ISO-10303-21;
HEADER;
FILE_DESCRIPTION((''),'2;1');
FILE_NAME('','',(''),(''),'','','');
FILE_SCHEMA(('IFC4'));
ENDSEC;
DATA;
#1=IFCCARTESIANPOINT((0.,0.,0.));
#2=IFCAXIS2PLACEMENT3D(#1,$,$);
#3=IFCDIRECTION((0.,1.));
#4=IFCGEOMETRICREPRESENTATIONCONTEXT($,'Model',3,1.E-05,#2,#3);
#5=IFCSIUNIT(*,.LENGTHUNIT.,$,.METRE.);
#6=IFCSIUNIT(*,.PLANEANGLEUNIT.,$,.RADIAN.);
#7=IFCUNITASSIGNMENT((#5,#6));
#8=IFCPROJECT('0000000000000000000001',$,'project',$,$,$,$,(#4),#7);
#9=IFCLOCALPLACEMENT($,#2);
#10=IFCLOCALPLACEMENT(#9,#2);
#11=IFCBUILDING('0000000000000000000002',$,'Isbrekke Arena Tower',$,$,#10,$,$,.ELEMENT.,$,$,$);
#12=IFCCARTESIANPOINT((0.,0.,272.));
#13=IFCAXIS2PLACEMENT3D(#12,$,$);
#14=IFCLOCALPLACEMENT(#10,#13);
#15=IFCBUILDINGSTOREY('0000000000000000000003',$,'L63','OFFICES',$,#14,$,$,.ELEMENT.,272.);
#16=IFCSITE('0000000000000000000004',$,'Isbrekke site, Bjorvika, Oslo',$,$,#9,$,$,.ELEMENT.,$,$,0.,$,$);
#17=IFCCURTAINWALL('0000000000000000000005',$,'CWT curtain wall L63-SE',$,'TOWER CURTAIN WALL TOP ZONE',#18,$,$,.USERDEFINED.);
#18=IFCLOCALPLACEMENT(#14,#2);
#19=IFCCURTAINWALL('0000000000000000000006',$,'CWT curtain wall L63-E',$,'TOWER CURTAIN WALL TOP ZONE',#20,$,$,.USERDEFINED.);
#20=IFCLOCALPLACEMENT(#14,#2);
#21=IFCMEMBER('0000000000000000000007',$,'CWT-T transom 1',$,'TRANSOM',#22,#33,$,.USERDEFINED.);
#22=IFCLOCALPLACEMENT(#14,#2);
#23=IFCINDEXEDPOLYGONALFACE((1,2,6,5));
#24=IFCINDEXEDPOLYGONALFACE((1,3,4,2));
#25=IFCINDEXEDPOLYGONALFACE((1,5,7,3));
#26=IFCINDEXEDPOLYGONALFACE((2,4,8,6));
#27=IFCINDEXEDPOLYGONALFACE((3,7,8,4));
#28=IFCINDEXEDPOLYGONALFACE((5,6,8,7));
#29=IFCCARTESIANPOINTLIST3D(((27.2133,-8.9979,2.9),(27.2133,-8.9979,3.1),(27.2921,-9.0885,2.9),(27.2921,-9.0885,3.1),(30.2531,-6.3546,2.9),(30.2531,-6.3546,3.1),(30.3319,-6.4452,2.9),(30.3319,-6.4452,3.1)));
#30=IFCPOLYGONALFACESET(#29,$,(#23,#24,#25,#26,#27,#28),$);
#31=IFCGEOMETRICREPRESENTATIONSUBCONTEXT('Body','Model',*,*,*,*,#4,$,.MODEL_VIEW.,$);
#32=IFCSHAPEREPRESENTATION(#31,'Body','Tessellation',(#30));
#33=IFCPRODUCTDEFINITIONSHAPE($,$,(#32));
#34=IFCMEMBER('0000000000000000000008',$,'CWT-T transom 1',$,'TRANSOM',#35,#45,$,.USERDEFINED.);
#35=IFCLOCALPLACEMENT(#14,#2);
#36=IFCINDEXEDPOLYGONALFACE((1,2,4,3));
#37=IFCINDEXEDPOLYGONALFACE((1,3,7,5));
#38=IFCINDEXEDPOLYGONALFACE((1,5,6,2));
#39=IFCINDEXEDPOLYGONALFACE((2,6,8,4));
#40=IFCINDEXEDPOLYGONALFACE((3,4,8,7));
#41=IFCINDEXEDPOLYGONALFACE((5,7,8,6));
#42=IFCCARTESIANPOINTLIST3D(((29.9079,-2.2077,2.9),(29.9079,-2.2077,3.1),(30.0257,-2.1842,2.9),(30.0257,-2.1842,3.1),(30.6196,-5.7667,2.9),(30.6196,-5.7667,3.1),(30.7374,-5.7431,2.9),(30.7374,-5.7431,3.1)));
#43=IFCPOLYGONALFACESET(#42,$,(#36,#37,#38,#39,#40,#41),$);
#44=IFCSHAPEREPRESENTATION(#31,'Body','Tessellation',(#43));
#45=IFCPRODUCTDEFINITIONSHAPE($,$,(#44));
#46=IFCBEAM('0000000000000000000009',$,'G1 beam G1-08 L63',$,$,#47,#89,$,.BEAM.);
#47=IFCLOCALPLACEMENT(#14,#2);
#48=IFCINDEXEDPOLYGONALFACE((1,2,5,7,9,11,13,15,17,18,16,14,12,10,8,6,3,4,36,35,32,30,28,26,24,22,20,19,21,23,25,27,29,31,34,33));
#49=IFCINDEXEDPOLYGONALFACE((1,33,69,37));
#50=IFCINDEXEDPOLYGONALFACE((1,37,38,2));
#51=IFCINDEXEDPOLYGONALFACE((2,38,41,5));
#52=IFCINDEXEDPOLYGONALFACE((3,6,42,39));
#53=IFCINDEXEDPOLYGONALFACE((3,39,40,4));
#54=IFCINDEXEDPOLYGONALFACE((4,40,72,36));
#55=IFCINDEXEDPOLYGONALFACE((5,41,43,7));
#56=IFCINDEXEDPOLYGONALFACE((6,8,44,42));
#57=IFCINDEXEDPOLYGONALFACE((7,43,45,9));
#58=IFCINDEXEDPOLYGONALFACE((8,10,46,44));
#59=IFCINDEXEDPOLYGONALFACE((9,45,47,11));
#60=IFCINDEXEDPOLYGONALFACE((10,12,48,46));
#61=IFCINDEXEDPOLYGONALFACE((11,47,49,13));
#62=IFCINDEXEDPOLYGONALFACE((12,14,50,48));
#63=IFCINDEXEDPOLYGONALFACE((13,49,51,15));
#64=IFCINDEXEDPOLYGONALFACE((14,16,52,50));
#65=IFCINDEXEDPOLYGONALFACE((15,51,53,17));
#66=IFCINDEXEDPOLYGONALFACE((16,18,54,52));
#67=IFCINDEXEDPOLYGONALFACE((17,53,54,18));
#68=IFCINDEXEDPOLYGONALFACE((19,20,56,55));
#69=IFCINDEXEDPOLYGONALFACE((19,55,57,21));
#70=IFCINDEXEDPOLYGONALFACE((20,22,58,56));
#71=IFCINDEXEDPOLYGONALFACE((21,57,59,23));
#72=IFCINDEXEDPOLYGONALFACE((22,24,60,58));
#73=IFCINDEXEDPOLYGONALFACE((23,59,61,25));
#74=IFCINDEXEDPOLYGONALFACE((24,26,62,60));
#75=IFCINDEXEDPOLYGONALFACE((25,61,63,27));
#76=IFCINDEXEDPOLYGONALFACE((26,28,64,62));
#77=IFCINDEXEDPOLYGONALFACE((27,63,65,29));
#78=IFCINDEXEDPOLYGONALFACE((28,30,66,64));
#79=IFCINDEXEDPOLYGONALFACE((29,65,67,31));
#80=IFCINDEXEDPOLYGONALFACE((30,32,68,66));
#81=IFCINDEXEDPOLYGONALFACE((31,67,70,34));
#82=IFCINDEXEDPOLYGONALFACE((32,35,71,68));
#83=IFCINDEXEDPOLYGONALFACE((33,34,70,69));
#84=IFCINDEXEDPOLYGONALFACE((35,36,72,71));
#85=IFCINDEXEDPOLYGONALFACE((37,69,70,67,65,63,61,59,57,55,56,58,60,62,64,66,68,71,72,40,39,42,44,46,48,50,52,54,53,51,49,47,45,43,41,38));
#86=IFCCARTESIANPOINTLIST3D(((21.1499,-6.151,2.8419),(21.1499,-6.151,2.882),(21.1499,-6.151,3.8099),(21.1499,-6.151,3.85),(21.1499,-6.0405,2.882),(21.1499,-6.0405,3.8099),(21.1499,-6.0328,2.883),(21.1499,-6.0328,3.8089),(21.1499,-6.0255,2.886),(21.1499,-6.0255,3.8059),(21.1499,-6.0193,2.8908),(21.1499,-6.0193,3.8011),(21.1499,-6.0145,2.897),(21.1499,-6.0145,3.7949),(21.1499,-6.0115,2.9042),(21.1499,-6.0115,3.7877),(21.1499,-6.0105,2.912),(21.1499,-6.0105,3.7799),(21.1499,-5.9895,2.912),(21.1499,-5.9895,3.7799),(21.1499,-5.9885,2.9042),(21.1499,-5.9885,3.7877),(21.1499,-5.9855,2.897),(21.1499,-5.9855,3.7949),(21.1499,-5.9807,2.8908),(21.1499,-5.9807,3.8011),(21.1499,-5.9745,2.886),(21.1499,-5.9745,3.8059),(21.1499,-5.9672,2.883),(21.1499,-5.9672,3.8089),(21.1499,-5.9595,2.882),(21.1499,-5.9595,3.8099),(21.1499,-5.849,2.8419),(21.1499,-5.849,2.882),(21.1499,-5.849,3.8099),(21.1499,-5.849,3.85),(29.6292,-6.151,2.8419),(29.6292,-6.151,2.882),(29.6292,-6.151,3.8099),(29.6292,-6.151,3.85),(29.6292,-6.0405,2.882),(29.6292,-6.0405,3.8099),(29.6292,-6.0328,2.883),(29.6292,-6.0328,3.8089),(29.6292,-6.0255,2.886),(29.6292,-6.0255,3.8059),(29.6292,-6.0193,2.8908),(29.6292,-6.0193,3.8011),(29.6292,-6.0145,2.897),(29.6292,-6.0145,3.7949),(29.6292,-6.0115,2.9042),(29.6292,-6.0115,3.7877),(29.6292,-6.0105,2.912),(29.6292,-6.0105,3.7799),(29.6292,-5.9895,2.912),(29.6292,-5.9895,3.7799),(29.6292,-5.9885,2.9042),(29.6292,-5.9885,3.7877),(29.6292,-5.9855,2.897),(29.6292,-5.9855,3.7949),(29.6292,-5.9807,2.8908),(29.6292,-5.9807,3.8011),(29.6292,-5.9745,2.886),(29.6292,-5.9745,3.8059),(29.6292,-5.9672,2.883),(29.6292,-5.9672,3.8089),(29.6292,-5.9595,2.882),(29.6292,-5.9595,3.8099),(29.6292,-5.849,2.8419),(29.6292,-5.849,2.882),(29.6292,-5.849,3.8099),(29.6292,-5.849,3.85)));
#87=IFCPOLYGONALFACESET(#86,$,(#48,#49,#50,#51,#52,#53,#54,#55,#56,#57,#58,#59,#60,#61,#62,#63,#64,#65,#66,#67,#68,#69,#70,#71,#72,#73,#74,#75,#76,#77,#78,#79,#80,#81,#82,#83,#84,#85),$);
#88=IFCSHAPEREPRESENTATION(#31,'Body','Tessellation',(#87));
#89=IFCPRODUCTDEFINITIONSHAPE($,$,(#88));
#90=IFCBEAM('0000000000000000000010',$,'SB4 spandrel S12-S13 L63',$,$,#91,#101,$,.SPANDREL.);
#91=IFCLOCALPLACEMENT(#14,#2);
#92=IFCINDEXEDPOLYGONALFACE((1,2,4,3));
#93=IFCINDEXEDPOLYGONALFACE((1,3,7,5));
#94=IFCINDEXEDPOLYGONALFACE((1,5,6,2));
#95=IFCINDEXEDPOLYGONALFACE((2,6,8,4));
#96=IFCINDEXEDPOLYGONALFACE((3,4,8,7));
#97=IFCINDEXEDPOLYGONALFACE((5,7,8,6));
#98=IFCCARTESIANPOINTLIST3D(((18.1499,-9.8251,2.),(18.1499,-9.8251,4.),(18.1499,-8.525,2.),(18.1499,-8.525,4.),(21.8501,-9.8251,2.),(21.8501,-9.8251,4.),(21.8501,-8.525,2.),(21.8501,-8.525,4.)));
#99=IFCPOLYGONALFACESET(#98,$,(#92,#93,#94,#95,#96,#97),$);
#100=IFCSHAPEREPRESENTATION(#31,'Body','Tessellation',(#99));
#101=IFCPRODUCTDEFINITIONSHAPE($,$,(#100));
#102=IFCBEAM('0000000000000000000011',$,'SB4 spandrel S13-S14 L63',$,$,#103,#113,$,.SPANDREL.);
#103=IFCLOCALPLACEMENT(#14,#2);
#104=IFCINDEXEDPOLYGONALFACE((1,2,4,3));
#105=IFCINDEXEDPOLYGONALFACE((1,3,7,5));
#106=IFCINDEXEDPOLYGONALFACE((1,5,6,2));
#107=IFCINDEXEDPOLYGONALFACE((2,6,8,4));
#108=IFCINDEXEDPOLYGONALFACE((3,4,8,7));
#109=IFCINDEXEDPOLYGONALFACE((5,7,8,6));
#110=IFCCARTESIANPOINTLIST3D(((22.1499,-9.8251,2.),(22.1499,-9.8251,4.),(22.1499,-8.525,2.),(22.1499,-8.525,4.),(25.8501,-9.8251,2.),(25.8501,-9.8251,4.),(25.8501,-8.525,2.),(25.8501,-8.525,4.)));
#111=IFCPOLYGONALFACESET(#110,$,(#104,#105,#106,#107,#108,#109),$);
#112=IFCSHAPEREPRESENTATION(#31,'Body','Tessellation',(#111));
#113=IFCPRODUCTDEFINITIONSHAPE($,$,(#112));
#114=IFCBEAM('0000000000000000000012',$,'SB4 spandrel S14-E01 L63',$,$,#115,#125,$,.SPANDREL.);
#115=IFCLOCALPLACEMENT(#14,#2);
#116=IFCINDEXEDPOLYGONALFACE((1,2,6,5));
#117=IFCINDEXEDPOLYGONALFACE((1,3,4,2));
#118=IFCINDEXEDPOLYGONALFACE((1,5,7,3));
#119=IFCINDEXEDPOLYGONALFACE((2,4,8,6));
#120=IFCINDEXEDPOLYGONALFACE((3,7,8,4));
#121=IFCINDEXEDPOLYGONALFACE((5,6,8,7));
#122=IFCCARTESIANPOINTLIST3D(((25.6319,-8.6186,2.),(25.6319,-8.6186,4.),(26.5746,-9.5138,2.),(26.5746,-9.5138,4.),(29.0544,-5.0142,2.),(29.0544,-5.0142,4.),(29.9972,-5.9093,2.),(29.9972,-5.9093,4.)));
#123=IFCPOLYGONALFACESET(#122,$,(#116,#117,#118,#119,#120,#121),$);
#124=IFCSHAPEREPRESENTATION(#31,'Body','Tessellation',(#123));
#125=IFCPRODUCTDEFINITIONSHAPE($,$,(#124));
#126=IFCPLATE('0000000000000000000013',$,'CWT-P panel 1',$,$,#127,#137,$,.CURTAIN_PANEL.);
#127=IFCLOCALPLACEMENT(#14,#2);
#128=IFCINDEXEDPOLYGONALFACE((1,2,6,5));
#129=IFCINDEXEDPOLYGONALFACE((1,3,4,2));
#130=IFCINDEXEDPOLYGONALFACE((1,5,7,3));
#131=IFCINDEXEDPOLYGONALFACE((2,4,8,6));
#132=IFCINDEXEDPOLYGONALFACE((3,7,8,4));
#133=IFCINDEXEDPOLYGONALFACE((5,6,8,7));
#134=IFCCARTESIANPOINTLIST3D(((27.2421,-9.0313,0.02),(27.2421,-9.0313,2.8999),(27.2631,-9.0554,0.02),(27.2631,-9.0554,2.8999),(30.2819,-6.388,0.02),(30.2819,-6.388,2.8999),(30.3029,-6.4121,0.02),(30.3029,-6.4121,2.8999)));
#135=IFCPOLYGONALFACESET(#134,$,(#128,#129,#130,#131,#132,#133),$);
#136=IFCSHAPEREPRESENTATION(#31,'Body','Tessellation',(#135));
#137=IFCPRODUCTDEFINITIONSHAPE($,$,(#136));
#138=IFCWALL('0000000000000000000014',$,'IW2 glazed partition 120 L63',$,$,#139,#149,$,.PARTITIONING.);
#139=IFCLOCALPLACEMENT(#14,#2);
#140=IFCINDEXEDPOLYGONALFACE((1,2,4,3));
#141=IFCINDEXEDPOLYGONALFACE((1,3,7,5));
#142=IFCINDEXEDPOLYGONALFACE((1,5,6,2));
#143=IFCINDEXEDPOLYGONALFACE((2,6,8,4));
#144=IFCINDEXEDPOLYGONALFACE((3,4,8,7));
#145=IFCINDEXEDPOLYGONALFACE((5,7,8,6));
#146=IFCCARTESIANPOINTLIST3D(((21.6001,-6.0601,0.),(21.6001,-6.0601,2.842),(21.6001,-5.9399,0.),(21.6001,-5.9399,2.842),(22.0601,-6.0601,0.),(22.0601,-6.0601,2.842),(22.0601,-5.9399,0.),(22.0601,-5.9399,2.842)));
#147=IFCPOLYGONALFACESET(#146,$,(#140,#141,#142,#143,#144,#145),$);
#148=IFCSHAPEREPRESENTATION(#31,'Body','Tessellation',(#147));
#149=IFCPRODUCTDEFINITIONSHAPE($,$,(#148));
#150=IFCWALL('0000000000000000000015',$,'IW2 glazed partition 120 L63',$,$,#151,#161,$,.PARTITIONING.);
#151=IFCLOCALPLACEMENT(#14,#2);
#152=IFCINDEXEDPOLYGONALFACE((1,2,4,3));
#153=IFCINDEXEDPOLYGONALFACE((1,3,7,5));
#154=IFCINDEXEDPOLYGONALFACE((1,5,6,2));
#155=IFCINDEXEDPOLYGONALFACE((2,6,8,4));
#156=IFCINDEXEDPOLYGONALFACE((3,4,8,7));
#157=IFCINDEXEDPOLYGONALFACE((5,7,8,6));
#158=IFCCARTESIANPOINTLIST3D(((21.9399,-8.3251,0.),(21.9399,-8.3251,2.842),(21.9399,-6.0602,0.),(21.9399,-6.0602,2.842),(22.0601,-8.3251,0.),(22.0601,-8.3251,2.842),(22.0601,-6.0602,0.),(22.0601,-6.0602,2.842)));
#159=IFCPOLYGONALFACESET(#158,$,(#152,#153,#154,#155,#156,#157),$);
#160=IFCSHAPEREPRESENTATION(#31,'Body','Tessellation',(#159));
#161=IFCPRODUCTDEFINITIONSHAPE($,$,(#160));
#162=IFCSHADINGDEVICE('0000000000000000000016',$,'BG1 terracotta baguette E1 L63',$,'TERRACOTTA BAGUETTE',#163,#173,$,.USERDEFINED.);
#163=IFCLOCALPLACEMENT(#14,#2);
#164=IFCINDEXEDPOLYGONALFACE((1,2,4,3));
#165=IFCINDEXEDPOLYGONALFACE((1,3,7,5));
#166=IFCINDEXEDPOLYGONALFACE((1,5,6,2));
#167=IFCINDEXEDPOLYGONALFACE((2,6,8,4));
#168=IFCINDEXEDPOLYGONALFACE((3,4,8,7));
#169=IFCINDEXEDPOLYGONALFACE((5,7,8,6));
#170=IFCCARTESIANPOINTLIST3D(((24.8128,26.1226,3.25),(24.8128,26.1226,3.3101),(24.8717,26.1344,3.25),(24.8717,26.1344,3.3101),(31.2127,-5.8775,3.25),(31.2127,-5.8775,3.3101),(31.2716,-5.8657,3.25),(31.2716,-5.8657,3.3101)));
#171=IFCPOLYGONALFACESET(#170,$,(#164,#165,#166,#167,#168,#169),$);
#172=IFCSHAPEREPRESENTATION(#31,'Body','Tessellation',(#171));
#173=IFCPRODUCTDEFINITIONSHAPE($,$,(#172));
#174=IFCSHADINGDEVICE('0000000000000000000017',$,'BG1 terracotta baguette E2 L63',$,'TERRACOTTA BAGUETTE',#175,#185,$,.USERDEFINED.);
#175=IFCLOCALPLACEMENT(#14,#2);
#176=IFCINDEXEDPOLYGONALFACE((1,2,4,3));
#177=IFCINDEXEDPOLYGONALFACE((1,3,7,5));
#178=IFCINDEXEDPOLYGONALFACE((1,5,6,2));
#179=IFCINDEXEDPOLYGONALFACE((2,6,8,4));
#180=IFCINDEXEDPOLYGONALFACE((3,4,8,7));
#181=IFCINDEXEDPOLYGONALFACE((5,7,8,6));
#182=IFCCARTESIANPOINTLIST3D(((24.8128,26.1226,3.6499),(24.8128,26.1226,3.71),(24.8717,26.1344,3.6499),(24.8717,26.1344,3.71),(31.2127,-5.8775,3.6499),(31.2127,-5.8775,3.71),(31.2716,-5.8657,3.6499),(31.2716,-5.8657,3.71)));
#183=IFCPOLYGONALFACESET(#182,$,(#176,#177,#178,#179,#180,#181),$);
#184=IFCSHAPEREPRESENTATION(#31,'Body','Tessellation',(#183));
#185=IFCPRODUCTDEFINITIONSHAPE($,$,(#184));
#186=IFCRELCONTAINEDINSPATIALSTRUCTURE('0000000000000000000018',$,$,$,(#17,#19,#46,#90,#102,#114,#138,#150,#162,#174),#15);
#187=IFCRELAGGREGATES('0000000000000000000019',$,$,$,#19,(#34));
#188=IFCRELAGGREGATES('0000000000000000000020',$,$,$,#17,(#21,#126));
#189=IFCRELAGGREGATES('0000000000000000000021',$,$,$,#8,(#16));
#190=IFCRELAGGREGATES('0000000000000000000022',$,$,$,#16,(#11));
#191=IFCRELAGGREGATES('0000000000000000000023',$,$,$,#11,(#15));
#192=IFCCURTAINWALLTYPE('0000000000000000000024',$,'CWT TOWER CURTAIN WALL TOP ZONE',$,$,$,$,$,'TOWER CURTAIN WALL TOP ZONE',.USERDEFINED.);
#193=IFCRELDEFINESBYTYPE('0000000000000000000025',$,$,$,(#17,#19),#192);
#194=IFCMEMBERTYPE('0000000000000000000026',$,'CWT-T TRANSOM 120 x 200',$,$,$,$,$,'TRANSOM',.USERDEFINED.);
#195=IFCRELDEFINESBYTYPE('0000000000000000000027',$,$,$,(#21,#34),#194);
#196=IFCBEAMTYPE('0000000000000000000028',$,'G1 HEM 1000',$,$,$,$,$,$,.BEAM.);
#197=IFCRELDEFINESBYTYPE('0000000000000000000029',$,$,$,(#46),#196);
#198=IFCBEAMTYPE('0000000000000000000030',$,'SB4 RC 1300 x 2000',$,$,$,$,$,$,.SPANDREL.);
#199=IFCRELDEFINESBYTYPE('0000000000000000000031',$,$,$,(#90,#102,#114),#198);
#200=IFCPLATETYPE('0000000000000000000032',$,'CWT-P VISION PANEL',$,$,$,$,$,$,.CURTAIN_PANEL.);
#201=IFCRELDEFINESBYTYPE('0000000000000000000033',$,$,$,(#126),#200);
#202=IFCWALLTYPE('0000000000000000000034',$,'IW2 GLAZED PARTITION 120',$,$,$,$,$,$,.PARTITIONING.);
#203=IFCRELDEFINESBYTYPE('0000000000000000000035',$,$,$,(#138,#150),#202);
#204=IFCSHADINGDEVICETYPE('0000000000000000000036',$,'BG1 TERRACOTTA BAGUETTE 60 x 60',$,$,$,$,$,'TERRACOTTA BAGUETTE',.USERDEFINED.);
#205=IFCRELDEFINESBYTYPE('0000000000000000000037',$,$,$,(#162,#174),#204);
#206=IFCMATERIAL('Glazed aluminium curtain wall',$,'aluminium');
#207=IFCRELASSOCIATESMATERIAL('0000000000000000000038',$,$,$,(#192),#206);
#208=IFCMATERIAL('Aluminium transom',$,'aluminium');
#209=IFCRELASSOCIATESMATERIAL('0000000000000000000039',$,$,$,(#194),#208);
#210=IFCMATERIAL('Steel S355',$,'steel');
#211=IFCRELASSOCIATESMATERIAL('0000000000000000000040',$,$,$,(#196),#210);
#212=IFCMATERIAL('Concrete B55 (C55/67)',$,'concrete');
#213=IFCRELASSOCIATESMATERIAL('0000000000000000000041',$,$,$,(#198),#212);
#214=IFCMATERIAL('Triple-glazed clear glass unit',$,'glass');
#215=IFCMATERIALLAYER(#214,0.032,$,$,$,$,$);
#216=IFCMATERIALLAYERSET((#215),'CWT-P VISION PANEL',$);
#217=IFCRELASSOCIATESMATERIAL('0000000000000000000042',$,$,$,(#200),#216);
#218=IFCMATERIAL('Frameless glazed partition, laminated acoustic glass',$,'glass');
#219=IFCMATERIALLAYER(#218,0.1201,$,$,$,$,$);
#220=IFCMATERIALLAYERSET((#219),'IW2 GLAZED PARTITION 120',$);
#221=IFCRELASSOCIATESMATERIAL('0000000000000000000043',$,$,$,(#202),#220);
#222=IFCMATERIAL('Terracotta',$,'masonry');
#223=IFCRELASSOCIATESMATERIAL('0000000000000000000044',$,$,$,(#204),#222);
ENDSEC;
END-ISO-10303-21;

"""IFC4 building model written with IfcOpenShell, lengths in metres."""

from ifc_helpers import new_model, si_unit, direction, frame, frame_2d, origin, origin_2d, place, context, subcontext, project, spatial, rectangle, i_section, extrude, material, layer, layer_set, material_profile, profile_set, type_object, element, aggregate, save


model = new_model("IFC4")

# Units and contexts
model_context = context("Model", 3, precision=1e-05, world=origin(), true_north=direction((0.0, 1.0)))
body_context = subcontext(model_context, "Body", "Model", "MODEL_VIEW")
ifc_project = project(units=[si_unit("LENGTHUNIT", "METRE"), si_unit("PLANEANGLEUNIT", "RADIAN")], contexts=[model_context])

# Site, building, storey
site_placement = place(None, origin())
site = spatial("IfcSite", under=ifc_project, at=site_placement, Name="Isbrekke site, Bjorvika, Oslo", CompositionType="ELEMENT", RefElevation=0.0)
building_placement = place(site_placement, origin())
building = spatial("IfcBuilding", under=site, at=building_placement, Name="Isbrekke Arena Tower", CompositionType="ELEMENT")
storey_placement = place(building_placement, frame((0.0, 0.0, 272.0)))
storey = spatial("IfcBuildingStorey", under=building, at=storey_placement, Name="L63", Description="OFFICES", CompositionType="ELEMENT", Elevation=272.0)

# Curtain wall
ifc_material_1 = material(Name="Glazed aluminium curtain wall", Category="aluminium")
curtain_wall_type = type_object("IfcCurtainWallType", Name="CWT TOWER CURTAIN WALL TOP ZONE", ElementType="TOWER CURTAIN WALL TOP ZONE", PredefinedType="USERDEFINED", material=ifc_material_1)
curtain_wall_1_placement = place(storey_placement, origin())
curtain_wall_1 = element("IfcCurtainWall", 1, at=curtain_wall_1_placement, inside=storey, type_object=curtain_wall_type, Name="CWT curtain wall L63-SE", ObjectType="TOWER CURTAIN WALL TOP ZONE", PredefinedType="USERDEFINED")

# Curtain wall
curtain_wall_2_placement = place(storey_placement, origin())
curtain_wall_2 = element("IfcCurtainWall", 2, at=curtain_wall_2_placement, inside=storey, type_object=curtain_wall_type, Name="CWT curtain wall L63-E", ObjectType="TOWER CURTAIN WALL TOP ZONE", PredefinedType="USERDEFINED")

# Members
ifc_material_2 = material(Name="Aluminium transom", Category="aluminium")
ifc_material_profile_1 = material_profile(ifc_material_2, rectangle(XDim=0.1201, YDim=0.2, at=origin_2d()), Name="TRANSOM 120X200")
ifc_profile_set_1 = profile_set([ifc_material_profile_1], Name="Aluminium transom")
member_type_1 = type_object("IfcMemberType", Name="CWT-T TRANSOM 120 x 200", ElementType="TRANSOM", PredefinedType="USERDEFINED", material=ifc_profile_set_1)
member_1_placement = place(storey_placement, frame((27.2527, -9.0432, 3.0), z_axis=(0.754604, 0.65618, 0.0), x_axis=(-0.65618, 0.754604, 0.0)))
member_1 = element("IfcMember", 3, at=member_1_placement, type_object=member_type_1, Name="CWT-T transom 1", ObjectType="TRANSOM", PredefinedType="USERDEFINED", context=body_context, shape_type="SweptSolid", body=[
    extrude(rectangle(XDim=0.1201, YDim=0.2, at=origin_2d()), origin(), (0.0, 0.0, 1.0), 4.0283),
])
member_2_placement = place(storey_placement, frame((30.6785, -5.7549, 3.0), z_axis=(-0.19609, 0.980586, 0.0), x_axis=(-0.980586, -0.19609, 0.0)))
member_2 = element("IfcMember", 4, at=member_2_placement, type_object=member_type_1, Name="CWT-T transom 1", ObjectType="TRANSOM", PredefinedType="USERDEFINED", context=body_context, shape_type="SweptSolid", body=[
    extrude(rectangle(XDim=0.1201, YDim=0.2, at=origin_2d()), origin(), (0.0, 0.0, 1.0), 3.6294),
])
aggregate(curtain_wall_2, [member_2])

# Beams
ifc_material_3 = material(Name="Steel S355", Category="steel")
ifc_material_profile_2 = material_profile(ifc_material_3, i_section(OverallWidth=0.302, OverallDepth=1.0081, WebThickness=0.021, FlangeThickness=0.04, FilletRadius=0.03, at=origin_2d()), Name="HEM 1000")
ifc_profile_set_2 = profile_set([ifc_material_profile_2], Name="Steel S355")
beam_type_1 = type_object("IfcBeamType", Name="G1 HEM 1000", PredefinedType="BEAM", material=ifc_profile_set_2)
beam_1_placement = place(storey_placement, frame((21.1499, -6.0, 3.3459), z_axis=(1.0, 0.0, 0.0), x_axis=(0.0, 1.0, 0.0)))
element("IfcBeam", 5, at=beam_1_placement, inside=storey, type_object=beam_type_1, Name="G1 beam G1-08 L63", PredefinedType="BEAM", context=body_context, shape_type="SweptSolid", body=[
    extrude(i_section(OverallWidth=0.302, OverallDepth=1.0081, WebThickness=0.021, FlangeThickness=0.04, FilletRadius=0.03, at=origin_2d()), origin(), (0.0, 0.0, 1.0), 8.4792),
])
ifc_material_4 = material(Name="Concrete B55 (C55/67)", Category="concrete")
ifc_material_profile_3 = material_profile(ifc_material_4, rectangle(XDim=1.3, YDim=2.0, at=origin_2d()), Name="RC 1300x2000")
ifc_profile_set_3 = profile_set([ifc_material_profile_3], Name="Concrete B55 (C55/67)")
beam_type_2 = type_object("IfcBeamType", Name="SB4 RC 1300 x 2000", PredefinedType="SPANDREL", material=ifc_profile_set_3)
for number, where, z_axis, x_axis, name in (
    (6, (18.1499, -9.175, 3.0), (1.0, 0.0, 0.0), (0.0, 1.0, 0.0), "SB4 spandrel S12-S13 L63"),
    (7, (22.1499, -9.175, 3.0), (1.0, 0.0, 0.0), (0.0, 1.0, 0.0), "SB4 spandrel S13-S14 L63"),
):
    element("IfcBeam", number, at=place(storey_placement, frame(where, z_axis=z_axis, x_axis=x_axis)), inside=storey, type_object=beam_type_2, Name=name, PredefinedType="SPANDREL", context=body_context, shape_type="SweptSolid", body=[
        extrude(rectangle(XDim=1.3, YDim=2.0, at=origin_2d()), origin(), (0.0, 0.0, 1.0), 3.7002),
    ])
beam_2_placement = place(storey_placement, frame((26.1033, -9.0662, 3.0), z_axis=(0.688574, 0.725166, 0.0), x_axis=(-0.725166, 0.688574, 0.0)))
element("IfcBeam", 8, at=beam_2_placement, inside=storey, type_object=beam_type_2, Name="SB4 spandrel S14-E01 L63", PredefinedType="SPANDREL", context=body_context, shape_type="SweptSolid", body=[
    extrude(rectangle(XDim=1.3, YDim=2.0, at=origin_2d()), origin(), (0.0, 0.0, 1.0), 4.9705),
])

# Plate
ifc_material_5 = material(Name="Triple-glazed clear glass unit", Category="glass")
ifc_layer_1 = layer(ifc_material_5, 0.032)
ifc_layer_set_1 = layer_set([ifc_layer_1], Name="CWT-P VISION PANEL")
plate_type = type_object("IfcPlateType", Name="CWT-P VISION PANEL", PredefinedType="CURTAIN_PANEL", material=ifc_layer_set_1)
plate_placement = place(storey_placement, frame((28.7725, -7.7217, 0.02), z_axis=(0.0, 0.0, 1.0), x_axis=(0.754606, 0.656179, 0.0)))
plate = element("IfcPlate", 9, at=plate_placement, type_object=plate_type, Name="CWT-P panel 1", PredefinedType="CURTAIN_PANEL", context=body_context, shape_type="SweptSolid", body=[
    extrude(rectangle(XDim=4.0283, YDim=0.032, at=origin_2d()), origin(), (0.0, 0.0, 1.0), 2.8799),
])
aggregate(curtain_wall_1, [member_1, plate])

# Walls
ifc_material_6 = material(Name="Frameless glazed partition, laminated acoustic glass", Category="glass")
ifc_layer_2 = layer(ifc_material_6, 0.1201)
ifc_layer_set_2 = layer_set([ifc_layer_2], Name="IW2 GLAZED PARTITION 120")
wall_type = type_object("IfcWallType", Name="IW2 GLAZED PARTITION 120", PredefinedType="PARTITIONING", material=ifc_layer_set_2)
wall_1_placement = place(storey_placement, frame((21.6001, -6.0, 0.0), z_axis=(0.0, 0.0, 1.0), x_axis=(1.0, 0.0, 0.0)))
element("IfcWall", 10, at=wall_1_placement, inside=storey, type_object=wall_type, Name="IW2 glazed partition 120 L63", PredefinedType="PARTITIONING", context=body_context, shape_type="SweptSolid", body=[
    extrude(rectangle(XDim=0.46, YDim=0.1201, at=frame_2d((0.23, 0.0))), origin(), (0.0, 0.0, 1.0), 2.842),
])
wall_2_placement = place(storey_placement, frame((22.0, -8.325, 0.0), z_axis=(0.0, 0.0, 1.0), x_axis=(0.0, 1.0, 0.0)))
element("IfcWall", 11, at=wall_2_placement, inside=storey, type_object=wall_type, Name="IW2 glazed partition 120 L63", PredefinedType="PARTITIONING", context=body_context, shape_type="SweptSolid", body=[
    extrude(rectangle(XDim=2.2649, YDim=0.1201, at=frame_2d((1.1323, 0.0))), origin(), (0.0, 0.0, 1.0), 2.842),
])

# Shading devices
ifc_material_7 = material(Name="Terracotta", Category="masonry")
ifc_material_profile_4 = material_profile(ifc_material_7, rectangle(XDim=0.0601, YDim=0.0601, at=origin_2d()), Name="BAGUETTE 60X60")
ifc_profile_set_4 = profile_set([ifc_material_profile_4], Name="Terracotta")
shading_device_type = type_object("IfcShadingDeviceType", Name="BG1 TERRACOTTA BAGUETTE 60 x 60", ElementType="TERRACOTTA BAGUETTE", PredefinedType="USERDEFINED", material=ifc_profile_set_4)
for number, where, z_axis, x_axis, name in (
    (12, (31.2422, -5.8716, 3.28), (-0.196113, 0.980581, 0.0), (-0.980581, -0.196113, 0.0), "BG1 terracotta baguette E1 L63"),
    (13, (31.2422, -5.8716, 3.6799), (-0.196113, 0.980581, 0.0), (-0.980581, -0.196113, 0.0), "BG1 terracotta baguette E2 L63"),
):
    element("IfcShadingDevice", number, at=place(storey_placement, frame(where, z_axis=z_axis, x_axis=x_axis)), inside=storey, type_object=shading_device_type, Name=name, ObjectType="TERRACOTTA BAGUETTE", PredefinedType="USERDEFINED", context=body_context, shape_type="SweptSolid", body=[
        extrude(rectangle(XDim=0.0601, YDim=0.0601, at=origin_2d()), origin(), (0.0, 0.0, 1.0), 32.6338),
    ])

save(model, "model.ifc")
